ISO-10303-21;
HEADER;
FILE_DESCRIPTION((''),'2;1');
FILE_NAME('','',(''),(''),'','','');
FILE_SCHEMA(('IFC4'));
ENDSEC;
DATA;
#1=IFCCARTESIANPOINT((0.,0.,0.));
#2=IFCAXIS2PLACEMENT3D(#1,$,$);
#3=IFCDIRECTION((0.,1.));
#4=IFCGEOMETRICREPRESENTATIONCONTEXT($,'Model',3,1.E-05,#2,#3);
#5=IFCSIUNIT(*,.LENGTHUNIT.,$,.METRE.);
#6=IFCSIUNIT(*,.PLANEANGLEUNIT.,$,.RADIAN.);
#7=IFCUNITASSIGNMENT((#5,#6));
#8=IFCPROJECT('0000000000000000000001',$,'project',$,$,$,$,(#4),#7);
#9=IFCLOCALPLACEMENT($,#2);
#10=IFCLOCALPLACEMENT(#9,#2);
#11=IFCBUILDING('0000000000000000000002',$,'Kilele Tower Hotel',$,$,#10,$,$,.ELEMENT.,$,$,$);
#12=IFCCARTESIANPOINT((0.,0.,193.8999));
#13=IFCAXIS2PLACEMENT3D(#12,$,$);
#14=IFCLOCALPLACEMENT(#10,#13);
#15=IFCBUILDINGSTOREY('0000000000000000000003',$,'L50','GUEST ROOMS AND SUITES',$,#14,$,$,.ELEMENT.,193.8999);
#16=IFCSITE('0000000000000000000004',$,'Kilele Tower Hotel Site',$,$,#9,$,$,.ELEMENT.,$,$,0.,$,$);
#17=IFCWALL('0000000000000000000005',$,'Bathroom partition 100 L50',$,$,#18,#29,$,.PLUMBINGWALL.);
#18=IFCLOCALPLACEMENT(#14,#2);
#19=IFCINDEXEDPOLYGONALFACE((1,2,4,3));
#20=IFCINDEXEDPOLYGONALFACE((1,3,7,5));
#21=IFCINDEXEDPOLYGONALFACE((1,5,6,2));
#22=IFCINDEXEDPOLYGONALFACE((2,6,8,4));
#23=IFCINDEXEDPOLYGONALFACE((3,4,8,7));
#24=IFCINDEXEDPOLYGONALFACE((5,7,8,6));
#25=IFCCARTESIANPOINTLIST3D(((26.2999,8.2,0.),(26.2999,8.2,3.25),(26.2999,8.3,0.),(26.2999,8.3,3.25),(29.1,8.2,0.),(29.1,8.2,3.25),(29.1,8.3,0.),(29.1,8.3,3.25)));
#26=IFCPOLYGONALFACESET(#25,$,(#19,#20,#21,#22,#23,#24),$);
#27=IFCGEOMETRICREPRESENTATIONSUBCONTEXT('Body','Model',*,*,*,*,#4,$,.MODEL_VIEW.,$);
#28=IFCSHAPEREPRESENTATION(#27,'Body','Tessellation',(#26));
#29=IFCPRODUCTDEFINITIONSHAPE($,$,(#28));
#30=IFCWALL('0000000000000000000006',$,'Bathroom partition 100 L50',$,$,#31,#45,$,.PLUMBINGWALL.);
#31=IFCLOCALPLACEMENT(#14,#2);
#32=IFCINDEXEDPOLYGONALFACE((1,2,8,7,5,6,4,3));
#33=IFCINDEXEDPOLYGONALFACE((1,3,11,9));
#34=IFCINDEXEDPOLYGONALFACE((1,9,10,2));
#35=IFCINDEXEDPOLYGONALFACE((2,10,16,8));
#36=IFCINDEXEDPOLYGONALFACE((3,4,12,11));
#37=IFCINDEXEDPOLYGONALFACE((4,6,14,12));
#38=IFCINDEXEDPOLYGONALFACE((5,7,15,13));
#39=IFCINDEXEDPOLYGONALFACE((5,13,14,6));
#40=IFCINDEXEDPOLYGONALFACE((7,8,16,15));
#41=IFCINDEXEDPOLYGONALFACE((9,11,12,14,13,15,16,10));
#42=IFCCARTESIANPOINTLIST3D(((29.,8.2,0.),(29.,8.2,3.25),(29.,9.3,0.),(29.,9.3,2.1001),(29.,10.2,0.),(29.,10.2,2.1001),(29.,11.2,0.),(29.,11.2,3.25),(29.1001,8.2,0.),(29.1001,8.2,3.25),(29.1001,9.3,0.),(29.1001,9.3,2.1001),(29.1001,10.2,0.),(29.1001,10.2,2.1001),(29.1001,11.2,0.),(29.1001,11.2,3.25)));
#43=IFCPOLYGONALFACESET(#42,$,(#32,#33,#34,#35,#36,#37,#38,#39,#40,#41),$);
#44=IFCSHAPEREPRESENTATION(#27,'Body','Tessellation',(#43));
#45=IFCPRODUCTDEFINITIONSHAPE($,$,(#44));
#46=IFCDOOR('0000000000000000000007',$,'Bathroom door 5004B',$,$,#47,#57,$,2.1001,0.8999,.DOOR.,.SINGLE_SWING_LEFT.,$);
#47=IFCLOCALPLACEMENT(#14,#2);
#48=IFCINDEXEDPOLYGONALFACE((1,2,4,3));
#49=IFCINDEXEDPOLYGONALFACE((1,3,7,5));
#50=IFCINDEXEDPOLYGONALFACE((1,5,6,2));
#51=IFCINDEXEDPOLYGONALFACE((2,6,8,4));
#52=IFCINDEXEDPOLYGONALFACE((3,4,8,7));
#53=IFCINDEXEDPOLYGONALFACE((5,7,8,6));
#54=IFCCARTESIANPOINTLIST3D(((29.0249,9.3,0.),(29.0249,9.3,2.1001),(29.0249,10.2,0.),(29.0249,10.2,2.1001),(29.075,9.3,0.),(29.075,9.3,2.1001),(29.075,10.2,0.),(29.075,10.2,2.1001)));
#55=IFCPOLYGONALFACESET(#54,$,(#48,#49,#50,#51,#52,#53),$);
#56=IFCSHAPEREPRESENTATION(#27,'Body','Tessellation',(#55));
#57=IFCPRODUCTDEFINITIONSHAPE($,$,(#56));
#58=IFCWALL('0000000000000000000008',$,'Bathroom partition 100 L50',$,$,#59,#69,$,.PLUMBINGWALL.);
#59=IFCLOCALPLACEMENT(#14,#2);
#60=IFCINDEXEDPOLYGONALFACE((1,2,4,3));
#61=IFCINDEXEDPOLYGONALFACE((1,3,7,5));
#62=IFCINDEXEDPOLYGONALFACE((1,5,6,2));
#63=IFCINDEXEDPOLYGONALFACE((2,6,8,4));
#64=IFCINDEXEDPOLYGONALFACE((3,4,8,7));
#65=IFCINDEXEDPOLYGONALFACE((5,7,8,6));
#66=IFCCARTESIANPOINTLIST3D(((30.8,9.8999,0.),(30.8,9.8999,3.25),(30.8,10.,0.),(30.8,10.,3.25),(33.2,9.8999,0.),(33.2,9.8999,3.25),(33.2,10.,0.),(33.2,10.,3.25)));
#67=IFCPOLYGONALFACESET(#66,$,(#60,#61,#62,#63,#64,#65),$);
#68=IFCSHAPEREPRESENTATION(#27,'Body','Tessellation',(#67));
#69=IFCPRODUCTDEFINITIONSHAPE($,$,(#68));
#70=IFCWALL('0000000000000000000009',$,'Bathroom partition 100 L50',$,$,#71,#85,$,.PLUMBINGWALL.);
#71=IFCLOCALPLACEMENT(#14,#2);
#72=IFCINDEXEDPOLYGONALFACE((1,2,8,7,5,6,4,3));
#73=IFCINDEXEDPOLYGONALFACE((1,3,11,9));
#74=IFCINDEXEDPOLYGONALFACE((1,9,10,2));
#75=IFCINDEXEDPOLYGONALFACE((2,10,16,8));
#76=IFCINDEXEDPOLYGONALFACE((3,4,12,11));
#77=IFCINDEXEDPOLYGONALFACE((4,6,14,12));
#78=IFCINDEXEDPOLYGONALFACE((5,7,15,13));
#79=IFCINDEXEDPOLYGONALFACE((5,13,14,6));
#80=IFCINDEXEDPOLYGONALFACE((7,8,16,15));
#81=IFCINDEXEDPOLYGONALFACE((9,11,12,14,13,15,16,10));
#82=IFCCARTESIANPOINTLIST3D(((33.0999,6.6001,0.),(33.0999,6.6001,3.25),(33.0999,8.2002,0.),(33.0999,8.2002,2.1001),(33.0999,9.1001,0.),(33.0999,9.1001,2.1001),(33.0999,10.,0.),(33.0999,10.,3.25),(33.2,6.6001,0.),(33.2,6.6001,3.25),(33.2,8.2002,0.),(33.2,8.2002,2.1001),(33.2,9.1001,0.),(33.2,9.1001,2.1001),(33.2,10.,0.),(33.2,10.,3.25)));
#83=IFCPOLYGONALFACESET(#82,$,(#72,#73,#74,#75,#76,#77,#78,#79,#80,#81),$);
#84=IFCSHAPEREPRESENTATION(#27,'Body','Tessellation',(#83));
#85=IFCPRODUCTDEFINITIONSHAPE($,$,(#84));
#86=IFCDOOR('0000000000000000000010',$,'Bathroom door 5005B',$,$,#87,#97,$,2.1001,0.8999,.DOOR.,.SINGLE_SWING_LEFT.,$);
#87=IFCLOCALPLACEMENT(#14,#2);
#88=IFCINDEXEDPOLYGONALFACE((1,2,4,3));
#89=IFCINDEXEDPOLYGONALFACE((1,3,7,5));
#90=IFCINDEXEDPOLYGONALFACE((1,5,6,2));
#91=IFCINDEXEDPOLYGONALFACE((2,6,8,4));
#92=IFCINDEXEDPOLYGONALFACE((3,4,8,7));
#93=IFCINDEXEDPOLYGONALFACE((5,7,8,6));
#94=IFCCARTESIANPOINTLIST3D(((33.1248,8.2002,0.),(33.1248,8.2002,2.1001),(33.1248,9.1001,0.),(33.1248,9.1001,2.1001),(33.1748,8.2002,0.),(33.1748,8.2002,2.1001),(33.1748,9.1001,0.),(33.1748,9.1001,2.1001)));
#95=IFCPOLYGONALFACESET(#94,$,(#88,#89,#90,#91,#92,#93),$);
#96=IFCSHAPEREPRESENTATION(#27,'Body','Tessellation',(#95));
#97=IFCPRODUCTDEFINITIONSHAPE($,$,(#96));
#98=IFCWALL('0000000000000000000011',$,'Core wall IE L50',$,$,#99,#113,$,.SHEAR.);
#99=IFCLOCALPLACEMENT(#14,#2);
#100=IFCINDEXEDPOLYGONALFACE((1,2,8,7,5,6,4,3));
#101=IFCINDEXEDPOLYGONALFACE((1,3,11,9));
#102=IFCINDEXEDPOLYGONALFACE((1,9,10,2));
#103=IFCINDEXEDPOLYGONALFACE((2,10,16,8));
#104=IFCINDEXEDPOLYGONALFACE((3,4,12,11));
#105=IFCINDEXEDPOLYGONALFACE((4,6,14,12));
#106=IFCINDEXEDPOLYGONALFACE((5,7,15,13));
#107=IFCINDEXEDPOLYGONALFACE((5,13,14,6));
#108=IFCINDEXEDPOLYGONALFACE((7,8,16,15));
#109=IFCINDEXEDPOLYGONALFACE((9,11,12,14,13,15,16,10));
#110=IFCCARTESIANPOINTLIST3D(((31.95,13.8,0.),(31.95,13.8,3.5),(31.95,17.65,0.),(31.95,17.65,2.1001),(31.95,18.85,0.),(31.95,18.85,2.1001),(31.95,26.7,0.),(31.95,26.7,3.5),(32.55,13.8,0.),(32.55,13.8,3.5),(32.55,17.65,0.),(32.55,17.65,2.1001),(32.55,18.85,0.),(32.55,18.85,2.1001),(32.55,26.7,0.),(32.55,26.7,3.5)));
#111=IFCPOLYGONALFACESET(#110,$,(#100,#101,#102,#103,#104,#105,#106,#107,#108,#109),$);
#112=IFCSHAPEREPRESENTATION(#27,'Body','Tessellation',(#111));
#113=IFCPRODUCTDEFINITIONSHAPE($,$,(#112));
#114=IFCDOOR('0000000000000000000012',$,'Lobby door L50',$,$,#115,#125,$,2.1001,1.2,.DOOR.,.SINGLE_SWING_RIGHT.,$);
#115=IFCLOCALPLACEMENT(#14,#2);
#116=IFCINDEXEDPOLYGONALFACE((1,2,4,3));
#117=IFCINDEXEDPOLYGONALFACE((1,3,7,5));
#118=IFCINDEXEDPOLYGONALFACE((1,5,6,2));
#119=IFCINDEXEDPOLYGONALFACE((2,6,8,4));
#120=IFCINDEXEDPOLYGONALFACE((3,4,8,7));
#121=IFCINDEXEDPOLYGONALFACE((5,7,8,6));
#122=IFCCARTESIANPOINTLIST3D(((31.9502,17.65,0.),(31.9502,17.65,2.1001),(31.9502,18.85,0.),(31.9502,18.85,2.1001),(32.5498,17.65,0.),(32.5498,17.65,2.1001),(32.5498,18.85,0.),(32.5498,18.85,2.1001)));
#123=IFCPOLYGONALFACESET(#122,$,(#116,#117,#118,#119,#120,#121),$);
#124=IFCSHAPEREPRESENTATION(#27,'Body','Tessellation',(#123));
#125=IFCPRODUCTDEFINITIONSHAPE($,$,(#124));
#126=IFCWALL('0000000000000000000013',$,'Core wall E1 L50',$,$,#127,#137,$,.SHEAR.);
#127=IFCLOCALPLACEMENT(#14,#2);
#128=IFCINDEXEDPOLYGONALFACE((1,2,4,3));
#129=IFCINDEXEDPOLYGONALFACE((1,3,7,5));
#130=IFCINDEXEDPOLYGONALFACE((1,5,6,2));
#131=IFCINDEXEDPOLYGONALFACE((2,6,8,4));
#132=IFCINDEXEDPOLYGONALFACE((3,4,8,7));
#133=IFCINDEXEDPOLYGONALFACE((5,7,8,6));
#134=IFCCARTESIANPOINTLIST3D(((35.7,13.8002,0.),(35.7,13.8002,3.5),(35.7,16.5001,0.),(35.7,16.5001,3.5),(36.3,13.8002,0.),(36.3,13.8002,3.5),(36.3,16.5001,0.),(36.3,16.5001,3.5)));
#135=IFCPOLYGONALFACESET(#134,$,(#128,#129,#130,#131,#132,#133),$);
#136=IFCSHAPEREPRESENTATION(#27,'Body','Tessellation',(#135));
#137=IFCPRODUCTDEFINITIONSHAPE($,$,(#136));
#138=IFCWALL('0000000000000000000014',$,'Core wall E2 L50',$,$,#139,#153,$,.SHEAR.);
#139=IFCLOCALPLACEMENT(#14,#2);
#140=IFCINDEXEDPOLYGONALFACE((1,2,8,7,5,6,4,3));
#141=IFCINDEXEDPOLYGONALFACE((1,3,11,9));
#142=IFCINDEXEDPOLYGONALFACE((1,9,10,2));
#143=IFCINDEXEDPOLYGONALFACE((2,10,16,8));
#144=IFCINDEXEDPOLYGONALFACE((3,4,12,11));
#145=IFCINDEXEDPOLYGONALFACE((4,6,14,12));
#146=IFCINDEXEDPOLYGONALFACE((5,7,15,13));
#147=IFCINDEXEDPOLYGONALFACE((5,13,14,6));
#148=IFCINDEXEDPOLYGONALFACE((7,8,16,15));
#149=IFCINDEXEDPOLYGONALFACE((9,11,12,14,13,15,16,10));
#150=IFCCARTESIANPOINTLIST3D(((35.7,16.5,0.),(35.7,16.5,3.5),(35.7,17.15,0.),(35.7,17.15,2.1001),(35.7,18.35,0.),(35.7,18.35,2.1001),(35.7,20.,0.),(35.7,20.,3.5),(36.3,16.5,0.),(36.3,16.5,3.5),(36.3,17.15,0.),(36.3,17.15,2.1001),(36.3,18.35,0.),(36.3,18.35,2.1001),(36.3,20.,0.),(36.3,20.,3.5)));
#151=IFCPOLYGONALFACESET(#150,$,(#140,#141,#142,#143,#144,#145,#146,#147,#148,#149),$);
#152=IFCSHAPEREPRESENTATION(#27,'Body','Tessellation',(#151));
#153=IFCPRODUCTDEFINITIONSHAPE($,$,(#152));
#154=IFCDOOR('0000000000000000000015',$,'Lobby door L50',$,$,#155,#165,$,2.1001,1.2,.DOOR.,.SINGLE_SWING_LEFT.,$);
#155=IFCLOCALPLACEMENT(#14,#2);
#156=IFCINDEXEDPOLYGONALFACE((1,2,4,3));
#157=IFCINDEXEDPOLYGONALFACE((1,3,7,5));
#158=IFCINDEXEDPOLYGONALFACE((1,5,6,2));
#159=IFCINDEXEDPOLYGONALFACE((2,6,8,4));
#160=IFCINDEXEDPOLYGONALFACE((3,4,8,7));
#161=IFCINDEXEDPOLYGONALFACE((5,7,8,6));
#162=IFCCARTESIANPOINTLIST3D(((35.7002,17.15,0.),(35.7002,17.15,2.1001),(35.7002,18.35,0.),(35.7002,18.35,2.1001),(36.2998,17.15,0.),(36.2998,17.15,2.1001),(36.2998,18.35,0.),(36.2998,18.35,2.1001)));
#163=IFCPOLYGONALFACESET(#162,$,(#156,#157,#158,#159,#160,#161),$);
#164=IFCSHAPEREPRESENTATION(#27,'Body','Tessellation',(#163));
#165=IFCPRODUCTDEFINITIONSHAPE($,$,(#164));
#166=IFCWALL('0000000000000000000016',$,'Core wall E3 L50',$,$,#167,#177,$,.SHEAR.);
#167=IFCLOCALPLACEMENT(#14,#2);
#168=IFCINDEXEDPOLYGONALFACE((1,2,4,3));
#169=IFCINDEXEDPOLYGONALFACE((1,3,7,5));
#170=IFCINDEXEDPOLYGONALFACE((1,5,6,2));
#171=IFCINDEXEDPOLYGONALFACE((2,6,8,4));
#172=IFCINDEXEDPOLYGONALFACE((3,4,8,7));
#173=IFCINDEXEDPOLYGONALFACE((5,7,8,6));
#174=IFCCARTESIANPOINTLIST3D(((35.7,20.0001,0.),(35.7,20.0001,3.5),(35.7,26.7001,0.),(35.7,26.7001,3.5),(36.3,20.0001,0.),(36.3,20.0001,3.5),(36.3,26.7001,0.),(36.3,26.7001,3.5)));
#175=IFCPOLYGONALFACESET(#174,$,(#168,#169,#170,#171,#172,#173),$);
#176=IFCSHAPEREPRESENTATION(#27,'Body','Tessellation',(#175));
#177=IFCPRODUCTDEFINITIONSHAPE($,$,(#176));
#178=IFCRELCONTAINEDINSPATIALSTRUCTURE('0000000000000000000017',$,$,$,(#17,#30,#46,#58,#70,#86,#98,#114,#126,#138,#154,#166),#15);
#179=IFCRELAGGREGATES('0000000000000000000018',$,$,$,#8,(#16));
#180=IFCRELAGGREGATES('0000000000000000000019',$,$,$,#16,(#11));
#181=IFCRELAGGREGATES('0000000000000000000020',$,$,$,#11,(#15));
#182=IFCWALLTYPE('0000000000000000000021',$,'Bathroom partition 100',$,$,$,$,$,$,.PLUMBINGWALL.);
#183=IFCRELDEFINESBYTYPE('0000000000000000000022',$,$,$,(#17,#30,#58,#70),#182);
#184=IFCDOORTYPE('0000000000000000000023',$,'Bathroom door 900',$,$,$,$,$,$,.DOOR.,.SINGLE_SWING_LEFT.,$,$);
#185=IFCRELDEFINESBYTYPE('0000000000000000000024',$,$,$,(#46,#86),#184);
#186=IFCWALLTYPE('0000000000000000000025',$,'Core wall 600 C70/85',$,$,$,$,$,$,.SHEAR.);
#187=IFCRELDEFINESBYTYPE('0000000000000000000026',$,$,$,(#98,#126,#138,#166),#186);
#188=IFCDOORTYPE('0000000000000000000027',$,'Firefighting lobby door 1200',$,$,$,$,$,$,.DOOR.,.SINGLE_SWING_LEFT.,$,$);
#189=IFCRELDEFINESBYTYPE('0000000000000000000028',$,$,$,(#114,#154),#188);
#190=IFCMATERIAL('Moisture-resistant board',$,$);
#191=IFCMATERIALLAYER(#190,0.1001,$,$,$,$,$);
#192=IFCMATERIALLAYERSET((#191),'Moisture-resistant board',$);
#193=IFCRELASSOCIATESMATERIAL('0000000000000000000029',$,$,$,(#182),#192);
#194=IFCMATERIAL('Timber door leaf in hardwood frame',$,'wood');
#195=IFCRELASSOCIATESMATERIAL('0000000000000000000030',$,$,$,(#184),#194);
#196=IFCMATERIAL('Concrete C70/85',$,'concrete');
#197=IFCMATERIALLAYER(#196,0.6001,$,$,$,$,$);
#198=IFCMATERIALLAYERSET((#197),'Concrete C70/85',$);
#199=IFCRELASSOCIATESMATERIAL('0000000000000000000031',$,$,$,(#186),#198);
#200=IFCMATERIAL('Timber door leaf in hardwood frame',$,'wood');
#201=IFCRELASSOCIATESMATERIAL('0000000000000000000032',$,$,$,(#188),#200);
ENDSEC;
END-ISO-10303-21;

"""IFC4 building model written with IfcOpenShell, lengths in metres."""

from ifc_helpers import new_model, si_unit, direction, frame, frame_2d, origin, place, context, subcontext, project, spatial, rectangle, extrude, material, layer, layer_set, type_object, element, fill, save


model = new_model("IFC4")

# Units and contexts
model_context = context("Model", 3, precision=1e-05, world=origin(), true_north=direction((0.0, 1.0)))
body_context = subcontext(model_context, "Body", "Model", "MODEL_VIEW")
ifc_project = project(units=[si_unit("LENGTHUNIT", "METRE"), si_unit("PLANEANGLEUNIT", "RADIAN")], contexts=[model_context])

# Site, building, storey
site_placement = place(None, origin())
site = spatial("IfcSite", under=ifc_project, at=site_placement, Name="Kilele Tower Hotel Site", CompositionType="ELEMENT", RefElevation=0.0)
building_placement = place(site_placement, origin())
building = spatial("IfcBuilding", under=site, at=building_placement, Name="Kilele Tower Hotel", CompositionType="ELEMENT")
storey_placement = place(building_placement, frame((0.0, 0.0, 193.8999)))
storey = spatial("IfcBuildingStorey", under=building, at=storey_placement, Name="L50", Description="GUEST ROOMS AND SUITES", CompositionType="ELEMENT", Elevation=193.8999)

# Wall
ifc_material_1 = material(Name="Moisture-resistant board")
ifc_layer_1 = layer(ifc_material_1, 0.1001)
ifc_layer_set_1 = layer_set([ifc_layer_1], Name="Moisture-resistant board")
wall_type_1 = type_object("IfcWallType", Name="Bathroom partition 100", PredefinedType="PLUMBINGWALL", material=ifc_layer_set_1)
wall_1_placement = place(storey_placement, frame((26.3, 8.25, 0.0), z_axis=(0.0, 0.0, 1.0), x_axis=(1.0, 0.0, 0.0)))
element("IfcWall", 1, at=wall_1_placement, inside=storey, type_object=wall_type_1, Name="Bathroom partition 100 L50", PredefinedType="PLUMBINGWALL", context=body_context, shape_type="SweptSolid", body=[
    extrude(rectangle(XDim=2.8, YDim=0.1001, at=frame_2d((1.3999, 0.0))), origin(), (0.0, 0.0, 1.0), 3.25),
])

# Wall, opening, door
wall_2_placement = place(storey_placement, frame((29.05, 11.2, 0.0), z_axis=(0.0, 0.0, 1.0), x_axis=(0.0, -1.0, 0.0)))
wall_2 = element("IfcWall", 2, at=wall_2_placement, inside=storey, type_object=wall_type_1, Name="Bathroom partition 100 L50", PredefinedType="PLUMBINGWALL", context=body_context, shape_type="SweptSolid", body=[
    extrude(rectangle(XDim=3.0, YDim=0.1001, at=frame_2d((1.5, 0.0))), origin(), (0.0, 0.0, 1.0), 3.25),
])
opening_1_placement = place(wall_2_placement, frame((1.0, 0.0, 0.0)))
opening_1 = element("IfcOpeningElement", 3, at=opening_1_placement, cuts=wall_2, PredefinedType="OPENING", context=body_context, shape_type="SweptSolid", body=[
    extrude(rectangle(XDim=0.8999, YDim=2.1001, at=frame_2d((0.45, 1.05))), frame((0.0, 0.0601, 0.0), z_axis=(0.0, -1.0, 0.0), x_axis=(1.0, 0.0, 0.0)), (0.0, 0.0, 1.0), 0.1201),
])
ifc_material_2 = material(Name="Timber door leaf in hardwood frame", Category="wood")
door_type_1 = type_object("IfcDoorType", Name="Bathroom door 900", OperationType="SINGLE_SWING_LEFT", PredefinedType="DOOR", material=ifc_material_2)
door_1_placement = place(opening_1_placement, origin())
door_1 = element("IfcDoor", 4, at=door_1_placement, inside=storey, type_object=door_type_1, Name="Bathroom door 5004B", OperationType="SINGLE_SWING_LEFT", OverallHeight=2.1001, OverallWidth=0.8999, PredefinedType="DOOR", context=body_context, shape_type="SweptSolid", body=[
    extrude(rectangle(XDim=0.8999, YDim=2.1001, at=frame_2d((0.45, 1.05))), frame((0.0, 0.0249, 0.0), z_axis=(0.0, -1.0, 0.0), x_axis=(1.0, 0.0, 0.0)), (0.0, 0.0, 1.0), 0.05),
])
fill(opening_1, door_1)

# Wall
wall_3_placement = place(storey_placement, frame((30.8, 9.95, 0.0), z_axis=(0.0, 0.0, 1.0), x_axis=(1.0, 0.0, 0.0)))
element("IfcWall", 5, at=wall_3_placement, inside=storey, type_object=wall_type_1, Name="Bathroom partition 100 L50", PredefinedType="PLUMBINGWALL", context=body_context, shape_type="SweptSolid", body=[
    extrude(rectangle(XDim=2.3999, YDim=0.1001, at=frame_2d((1.2, 0.0))), origin(), (0.0, 0.0, 1.0), 3.25),
])

# Walls, openings, doors
wall_4_placement = place(storey_placement, frame((33.1499, 10.0, 0.0), z_axis=(0.0, 0.0, 1.0), x_axis=(0.0, -1.0, 0.0)))
wall_4 = element("IfcWall", 6, at=wall_4_placement, inside=storey, type_object=wall_type_1, Name="Bathroom partition 100 L50", PredefinedType="PLUMBINGWALL", context=body_context, shape_type="SweptSolid", body=[
    extrude(rectangle(XDim=3.3999, YDim=0.1001, at=frame_2d((1.7, 0.0))), origin(), (0.0, 0.0, 1.0), 3.25),
])
opening_2_placement = place(wall_4_placement, frame((0.8999, 0.0, 0.0)))
opening_2 = element("IfcOpeningElement", 7, at=opening_2_placement, cuts=wall_4, PredefinedType="OPENING", context=body_context, shape_type="SweptSolid", body=[
    extrude(rectangle(XDim=0.8999, YDim=2.1001, at=frame_2d((0.45, 1.05))), frame((0.0, 0.0601, 0.0), z_axis=(0.0, -1.0, 0.0), x_axis=(1.0, 0.0, 0.0)), (0.0, 0.0, 1.0), 0.1201),
])
door_2_placement = place(opening_2_placement, origin())
door_2 = element("IfcDoor", 8, at=door_2_placement, inside=storey, type_object=door_type_1, Name="Bathroom door 5005B", OperationType="SINGLE_SWING_LEFT", OverallHeight=2.1001, OverallWidth=0.8999, PredefinedType="DOOR", context=body_context, shape_type="SweptSolid", body=[
    extrude(rectangle(XDim=0.8999, YDim=2.1001, at=frame_2d((0.45, 1.05))), frame((0.0, 0.0249, 0.0), z_axis=(0.0, -1.0, 0.0), x_axis=(1.0, 0.0, 0.0)), (0.0, 0.0, 1.0), 0.05),
])
fill(opening_2, door_2)
ifc_material_3 = material(Name="Concrete C70/85", Category="concrete")
ifc_layer_2 = layer(ifc_material_3, 0.6001)
ifc_layer_set_2 = layer_set([ifc_layer_2], Name="Concrete C70/85")
wall_type_2 = type_object("IfcWallType", Name="Core wall 600 C70/85", PredefinedType="SHEAR", material=ifc_layer_set_2)
wall_5_placement = place(storey_placement, frame((32.25, 13.8, 0.0), z_axis=(0.0, 0.0, 1.0), x_axis=(0.0, 1.0, 0.0)))
wall_5 = element("IfcWall", 9, at=wall_5_placement, inside=storey, type_object=wall_type_2, Name="Core wall IE L50", PredefinedType="SHEAR", context=body_context, shape_type="SweptSolid", body=[
    extrude(rectangle(XDim=12.8999, YDim=0.6001, at=frame_2d((6.45, 0.0))), origin(), (0.0, 0.0, 1.0), 3.5),
])
opening_3_placement = place(wall_5_placement, frame((5.05, 0.0, 0.0), z_axis=(0.0, 0.0, 1.0), x_axis=(-1.0, 0.0, 0.0)))
opening_3 = element("IfcOpeningElement", 10, at=opening_3_placement, cuts=wall_5, PredefinedType="OPENING", context=body_context, shape_type="SweptSolid", body=[
    extrude(rectangle(XDim=1.2, YDim=2.1001, at=frame_2d((0.6001, 1.05))), frame((0.0, 0.3101, 0.0), z_axis=(0.0, -1.0, 0.0), x_axis=(1.0, 0.0, 0.0)), (0.0, 0.0, 1.0), 0.6201),
])
ifc_material_4 = material(Name="Timber door leaf in hardwood frame", Category="wood")
door_type_2 = type_object("IfcDoorType", Name="Firefighting lobby door 1200", OperationType="SINGLE_SWING_LEFT", PredefinedType="DOOR", material=ifc_material_4)
door_3_placement = place(opening_3_placement, origin())
door_3 = element("IfcDoor", 11, at=door_3_placement, inside=storey, type_object=door_type_2, Name="Lobby door L50", OperationType="SINGLE_SWING_RIGHT", OverallHeight=2.1001, OverallWidth=1.2, PredefinedType="DOOR", context=body_context, shape_type="SweptSolid", body=[
    extrude(rectangle(XDim=1.2, YDim=2.1001, at=frame_2d((0.6001, 1.05))), frame((0.0, 0.2998, 0.0), z_axis=(0.0, -1.0, 0.0), x_axis=(1.0, 0.0, 0.0)), (0.0, 0.0, 1.0), 0.5996),
])
fill(opening_3, door_3)

# Wall
wall_6_placement = place(storey_placement, frame((36.0, 13.8, 0.0), z_axis=(0.0, 0.0, 1.0), x_axis=(0.0, 1.0, 0.0)))
element("IfcWall", 12, at=wall_6_placement, inside=storey, type_object=wall_type_2, Name="Core wall E1 L50", PredefinedType="SHEAR", context=body_context, shape_type="SweptSolid", body=[
    extrude(rectangle(XDim=2.7, YDim=0.6001, at=frame_2d((1.3501, 0.0))), origin(), (0.0, 0.0, 1.0), 3.5),
])

# Wall, opening, door
wall_7_placement = place(storey_placement, frame((36.0, 16.5, 0.0), z_axis=(0.0, 0.0, 1.0), x_axis=(0.0, 1.0, 0.0)))
wall_7 = element("IfcWall", 13, at=wall_7_placement, inside=storey, type_object=wall_type_2, Name="Core wall E2 L50", PredefinedType="SHEAR", context=body_context, shape_type="SweptSolid", body=[
    extrude(rectangle(XDim=3.5, YDim=0.6001, at=frame_2d((1.75, 0.0))), origin(), (0.0, 0.0, 1.0), 3.5),
])
opening_4_placement = place(wall_7_placement, frame((0.6499, 0.0, 0.0)))
opening_4 = element("IfcOpeningElement", 14, at=opening_4_placement, cuts=wall_7, PredefinedType="OPENING", context=body_context, shape_type="SweptSolid", body=[
    extrude(rectangle(XDim=1.2, YDim=2.1001, at=frame_2d((0.6001, 1.05))), frame((0.0, 0.3101, 0.0), z_axis=(0.0, -1.0, 0.0), x_axis=(1.0, 0.0, 0.0)), (0.0, 0.0, 1.0), 0.6201),
])
door_4_placement = place(opening_4_placement, origin())
door_4 = element("IfcDoor", 15, at=door_4_placement, inside=storey, type_object=door_type_2, Name="Lobby door L50", OperationType="SINGLE_SWING_LEFT", OverallHeight=2.1001, OverallWidth=1.2, PredefinedType="DOOR", context=body_context, shape_type="SweptSolid", body=[
    extrude(rectangle(XDim=1.2, YDim=2.1001, at=frame_2d((0.6001, 1.05))), frame((0.0, 0.2998, 0.0), z_axis=(0.0, -1.0, 0.0), x_axis=(1.0, 0.0, 0.0)), (0.0, 0.0, 1.0), 0.5996),
])
fill(opening_4, door_4)

# Wall
wall_8_placement = place(storey_placement, frame((36.0, 20.0, 0.0), z_axis=(0.0, 0.0, 1.0), x_axis=(0.0, 1.0, 0.0)))
element("IfcWall", 16, at=wall_8_placement, inside=storey, type_object=wall_type_2, Name="Core wall E3 L50", PredefinedType="SHEAR", context=body_context, shape_type="SweptSolid", body=[
    extrude(rectangle(XDim=6.7, YDim=0.6001, at=frame_2d((3.3501, 0.0))), origin(), (0.0, 0.0, 1.0), 3.5),
])

save(model, "model.ifc")
